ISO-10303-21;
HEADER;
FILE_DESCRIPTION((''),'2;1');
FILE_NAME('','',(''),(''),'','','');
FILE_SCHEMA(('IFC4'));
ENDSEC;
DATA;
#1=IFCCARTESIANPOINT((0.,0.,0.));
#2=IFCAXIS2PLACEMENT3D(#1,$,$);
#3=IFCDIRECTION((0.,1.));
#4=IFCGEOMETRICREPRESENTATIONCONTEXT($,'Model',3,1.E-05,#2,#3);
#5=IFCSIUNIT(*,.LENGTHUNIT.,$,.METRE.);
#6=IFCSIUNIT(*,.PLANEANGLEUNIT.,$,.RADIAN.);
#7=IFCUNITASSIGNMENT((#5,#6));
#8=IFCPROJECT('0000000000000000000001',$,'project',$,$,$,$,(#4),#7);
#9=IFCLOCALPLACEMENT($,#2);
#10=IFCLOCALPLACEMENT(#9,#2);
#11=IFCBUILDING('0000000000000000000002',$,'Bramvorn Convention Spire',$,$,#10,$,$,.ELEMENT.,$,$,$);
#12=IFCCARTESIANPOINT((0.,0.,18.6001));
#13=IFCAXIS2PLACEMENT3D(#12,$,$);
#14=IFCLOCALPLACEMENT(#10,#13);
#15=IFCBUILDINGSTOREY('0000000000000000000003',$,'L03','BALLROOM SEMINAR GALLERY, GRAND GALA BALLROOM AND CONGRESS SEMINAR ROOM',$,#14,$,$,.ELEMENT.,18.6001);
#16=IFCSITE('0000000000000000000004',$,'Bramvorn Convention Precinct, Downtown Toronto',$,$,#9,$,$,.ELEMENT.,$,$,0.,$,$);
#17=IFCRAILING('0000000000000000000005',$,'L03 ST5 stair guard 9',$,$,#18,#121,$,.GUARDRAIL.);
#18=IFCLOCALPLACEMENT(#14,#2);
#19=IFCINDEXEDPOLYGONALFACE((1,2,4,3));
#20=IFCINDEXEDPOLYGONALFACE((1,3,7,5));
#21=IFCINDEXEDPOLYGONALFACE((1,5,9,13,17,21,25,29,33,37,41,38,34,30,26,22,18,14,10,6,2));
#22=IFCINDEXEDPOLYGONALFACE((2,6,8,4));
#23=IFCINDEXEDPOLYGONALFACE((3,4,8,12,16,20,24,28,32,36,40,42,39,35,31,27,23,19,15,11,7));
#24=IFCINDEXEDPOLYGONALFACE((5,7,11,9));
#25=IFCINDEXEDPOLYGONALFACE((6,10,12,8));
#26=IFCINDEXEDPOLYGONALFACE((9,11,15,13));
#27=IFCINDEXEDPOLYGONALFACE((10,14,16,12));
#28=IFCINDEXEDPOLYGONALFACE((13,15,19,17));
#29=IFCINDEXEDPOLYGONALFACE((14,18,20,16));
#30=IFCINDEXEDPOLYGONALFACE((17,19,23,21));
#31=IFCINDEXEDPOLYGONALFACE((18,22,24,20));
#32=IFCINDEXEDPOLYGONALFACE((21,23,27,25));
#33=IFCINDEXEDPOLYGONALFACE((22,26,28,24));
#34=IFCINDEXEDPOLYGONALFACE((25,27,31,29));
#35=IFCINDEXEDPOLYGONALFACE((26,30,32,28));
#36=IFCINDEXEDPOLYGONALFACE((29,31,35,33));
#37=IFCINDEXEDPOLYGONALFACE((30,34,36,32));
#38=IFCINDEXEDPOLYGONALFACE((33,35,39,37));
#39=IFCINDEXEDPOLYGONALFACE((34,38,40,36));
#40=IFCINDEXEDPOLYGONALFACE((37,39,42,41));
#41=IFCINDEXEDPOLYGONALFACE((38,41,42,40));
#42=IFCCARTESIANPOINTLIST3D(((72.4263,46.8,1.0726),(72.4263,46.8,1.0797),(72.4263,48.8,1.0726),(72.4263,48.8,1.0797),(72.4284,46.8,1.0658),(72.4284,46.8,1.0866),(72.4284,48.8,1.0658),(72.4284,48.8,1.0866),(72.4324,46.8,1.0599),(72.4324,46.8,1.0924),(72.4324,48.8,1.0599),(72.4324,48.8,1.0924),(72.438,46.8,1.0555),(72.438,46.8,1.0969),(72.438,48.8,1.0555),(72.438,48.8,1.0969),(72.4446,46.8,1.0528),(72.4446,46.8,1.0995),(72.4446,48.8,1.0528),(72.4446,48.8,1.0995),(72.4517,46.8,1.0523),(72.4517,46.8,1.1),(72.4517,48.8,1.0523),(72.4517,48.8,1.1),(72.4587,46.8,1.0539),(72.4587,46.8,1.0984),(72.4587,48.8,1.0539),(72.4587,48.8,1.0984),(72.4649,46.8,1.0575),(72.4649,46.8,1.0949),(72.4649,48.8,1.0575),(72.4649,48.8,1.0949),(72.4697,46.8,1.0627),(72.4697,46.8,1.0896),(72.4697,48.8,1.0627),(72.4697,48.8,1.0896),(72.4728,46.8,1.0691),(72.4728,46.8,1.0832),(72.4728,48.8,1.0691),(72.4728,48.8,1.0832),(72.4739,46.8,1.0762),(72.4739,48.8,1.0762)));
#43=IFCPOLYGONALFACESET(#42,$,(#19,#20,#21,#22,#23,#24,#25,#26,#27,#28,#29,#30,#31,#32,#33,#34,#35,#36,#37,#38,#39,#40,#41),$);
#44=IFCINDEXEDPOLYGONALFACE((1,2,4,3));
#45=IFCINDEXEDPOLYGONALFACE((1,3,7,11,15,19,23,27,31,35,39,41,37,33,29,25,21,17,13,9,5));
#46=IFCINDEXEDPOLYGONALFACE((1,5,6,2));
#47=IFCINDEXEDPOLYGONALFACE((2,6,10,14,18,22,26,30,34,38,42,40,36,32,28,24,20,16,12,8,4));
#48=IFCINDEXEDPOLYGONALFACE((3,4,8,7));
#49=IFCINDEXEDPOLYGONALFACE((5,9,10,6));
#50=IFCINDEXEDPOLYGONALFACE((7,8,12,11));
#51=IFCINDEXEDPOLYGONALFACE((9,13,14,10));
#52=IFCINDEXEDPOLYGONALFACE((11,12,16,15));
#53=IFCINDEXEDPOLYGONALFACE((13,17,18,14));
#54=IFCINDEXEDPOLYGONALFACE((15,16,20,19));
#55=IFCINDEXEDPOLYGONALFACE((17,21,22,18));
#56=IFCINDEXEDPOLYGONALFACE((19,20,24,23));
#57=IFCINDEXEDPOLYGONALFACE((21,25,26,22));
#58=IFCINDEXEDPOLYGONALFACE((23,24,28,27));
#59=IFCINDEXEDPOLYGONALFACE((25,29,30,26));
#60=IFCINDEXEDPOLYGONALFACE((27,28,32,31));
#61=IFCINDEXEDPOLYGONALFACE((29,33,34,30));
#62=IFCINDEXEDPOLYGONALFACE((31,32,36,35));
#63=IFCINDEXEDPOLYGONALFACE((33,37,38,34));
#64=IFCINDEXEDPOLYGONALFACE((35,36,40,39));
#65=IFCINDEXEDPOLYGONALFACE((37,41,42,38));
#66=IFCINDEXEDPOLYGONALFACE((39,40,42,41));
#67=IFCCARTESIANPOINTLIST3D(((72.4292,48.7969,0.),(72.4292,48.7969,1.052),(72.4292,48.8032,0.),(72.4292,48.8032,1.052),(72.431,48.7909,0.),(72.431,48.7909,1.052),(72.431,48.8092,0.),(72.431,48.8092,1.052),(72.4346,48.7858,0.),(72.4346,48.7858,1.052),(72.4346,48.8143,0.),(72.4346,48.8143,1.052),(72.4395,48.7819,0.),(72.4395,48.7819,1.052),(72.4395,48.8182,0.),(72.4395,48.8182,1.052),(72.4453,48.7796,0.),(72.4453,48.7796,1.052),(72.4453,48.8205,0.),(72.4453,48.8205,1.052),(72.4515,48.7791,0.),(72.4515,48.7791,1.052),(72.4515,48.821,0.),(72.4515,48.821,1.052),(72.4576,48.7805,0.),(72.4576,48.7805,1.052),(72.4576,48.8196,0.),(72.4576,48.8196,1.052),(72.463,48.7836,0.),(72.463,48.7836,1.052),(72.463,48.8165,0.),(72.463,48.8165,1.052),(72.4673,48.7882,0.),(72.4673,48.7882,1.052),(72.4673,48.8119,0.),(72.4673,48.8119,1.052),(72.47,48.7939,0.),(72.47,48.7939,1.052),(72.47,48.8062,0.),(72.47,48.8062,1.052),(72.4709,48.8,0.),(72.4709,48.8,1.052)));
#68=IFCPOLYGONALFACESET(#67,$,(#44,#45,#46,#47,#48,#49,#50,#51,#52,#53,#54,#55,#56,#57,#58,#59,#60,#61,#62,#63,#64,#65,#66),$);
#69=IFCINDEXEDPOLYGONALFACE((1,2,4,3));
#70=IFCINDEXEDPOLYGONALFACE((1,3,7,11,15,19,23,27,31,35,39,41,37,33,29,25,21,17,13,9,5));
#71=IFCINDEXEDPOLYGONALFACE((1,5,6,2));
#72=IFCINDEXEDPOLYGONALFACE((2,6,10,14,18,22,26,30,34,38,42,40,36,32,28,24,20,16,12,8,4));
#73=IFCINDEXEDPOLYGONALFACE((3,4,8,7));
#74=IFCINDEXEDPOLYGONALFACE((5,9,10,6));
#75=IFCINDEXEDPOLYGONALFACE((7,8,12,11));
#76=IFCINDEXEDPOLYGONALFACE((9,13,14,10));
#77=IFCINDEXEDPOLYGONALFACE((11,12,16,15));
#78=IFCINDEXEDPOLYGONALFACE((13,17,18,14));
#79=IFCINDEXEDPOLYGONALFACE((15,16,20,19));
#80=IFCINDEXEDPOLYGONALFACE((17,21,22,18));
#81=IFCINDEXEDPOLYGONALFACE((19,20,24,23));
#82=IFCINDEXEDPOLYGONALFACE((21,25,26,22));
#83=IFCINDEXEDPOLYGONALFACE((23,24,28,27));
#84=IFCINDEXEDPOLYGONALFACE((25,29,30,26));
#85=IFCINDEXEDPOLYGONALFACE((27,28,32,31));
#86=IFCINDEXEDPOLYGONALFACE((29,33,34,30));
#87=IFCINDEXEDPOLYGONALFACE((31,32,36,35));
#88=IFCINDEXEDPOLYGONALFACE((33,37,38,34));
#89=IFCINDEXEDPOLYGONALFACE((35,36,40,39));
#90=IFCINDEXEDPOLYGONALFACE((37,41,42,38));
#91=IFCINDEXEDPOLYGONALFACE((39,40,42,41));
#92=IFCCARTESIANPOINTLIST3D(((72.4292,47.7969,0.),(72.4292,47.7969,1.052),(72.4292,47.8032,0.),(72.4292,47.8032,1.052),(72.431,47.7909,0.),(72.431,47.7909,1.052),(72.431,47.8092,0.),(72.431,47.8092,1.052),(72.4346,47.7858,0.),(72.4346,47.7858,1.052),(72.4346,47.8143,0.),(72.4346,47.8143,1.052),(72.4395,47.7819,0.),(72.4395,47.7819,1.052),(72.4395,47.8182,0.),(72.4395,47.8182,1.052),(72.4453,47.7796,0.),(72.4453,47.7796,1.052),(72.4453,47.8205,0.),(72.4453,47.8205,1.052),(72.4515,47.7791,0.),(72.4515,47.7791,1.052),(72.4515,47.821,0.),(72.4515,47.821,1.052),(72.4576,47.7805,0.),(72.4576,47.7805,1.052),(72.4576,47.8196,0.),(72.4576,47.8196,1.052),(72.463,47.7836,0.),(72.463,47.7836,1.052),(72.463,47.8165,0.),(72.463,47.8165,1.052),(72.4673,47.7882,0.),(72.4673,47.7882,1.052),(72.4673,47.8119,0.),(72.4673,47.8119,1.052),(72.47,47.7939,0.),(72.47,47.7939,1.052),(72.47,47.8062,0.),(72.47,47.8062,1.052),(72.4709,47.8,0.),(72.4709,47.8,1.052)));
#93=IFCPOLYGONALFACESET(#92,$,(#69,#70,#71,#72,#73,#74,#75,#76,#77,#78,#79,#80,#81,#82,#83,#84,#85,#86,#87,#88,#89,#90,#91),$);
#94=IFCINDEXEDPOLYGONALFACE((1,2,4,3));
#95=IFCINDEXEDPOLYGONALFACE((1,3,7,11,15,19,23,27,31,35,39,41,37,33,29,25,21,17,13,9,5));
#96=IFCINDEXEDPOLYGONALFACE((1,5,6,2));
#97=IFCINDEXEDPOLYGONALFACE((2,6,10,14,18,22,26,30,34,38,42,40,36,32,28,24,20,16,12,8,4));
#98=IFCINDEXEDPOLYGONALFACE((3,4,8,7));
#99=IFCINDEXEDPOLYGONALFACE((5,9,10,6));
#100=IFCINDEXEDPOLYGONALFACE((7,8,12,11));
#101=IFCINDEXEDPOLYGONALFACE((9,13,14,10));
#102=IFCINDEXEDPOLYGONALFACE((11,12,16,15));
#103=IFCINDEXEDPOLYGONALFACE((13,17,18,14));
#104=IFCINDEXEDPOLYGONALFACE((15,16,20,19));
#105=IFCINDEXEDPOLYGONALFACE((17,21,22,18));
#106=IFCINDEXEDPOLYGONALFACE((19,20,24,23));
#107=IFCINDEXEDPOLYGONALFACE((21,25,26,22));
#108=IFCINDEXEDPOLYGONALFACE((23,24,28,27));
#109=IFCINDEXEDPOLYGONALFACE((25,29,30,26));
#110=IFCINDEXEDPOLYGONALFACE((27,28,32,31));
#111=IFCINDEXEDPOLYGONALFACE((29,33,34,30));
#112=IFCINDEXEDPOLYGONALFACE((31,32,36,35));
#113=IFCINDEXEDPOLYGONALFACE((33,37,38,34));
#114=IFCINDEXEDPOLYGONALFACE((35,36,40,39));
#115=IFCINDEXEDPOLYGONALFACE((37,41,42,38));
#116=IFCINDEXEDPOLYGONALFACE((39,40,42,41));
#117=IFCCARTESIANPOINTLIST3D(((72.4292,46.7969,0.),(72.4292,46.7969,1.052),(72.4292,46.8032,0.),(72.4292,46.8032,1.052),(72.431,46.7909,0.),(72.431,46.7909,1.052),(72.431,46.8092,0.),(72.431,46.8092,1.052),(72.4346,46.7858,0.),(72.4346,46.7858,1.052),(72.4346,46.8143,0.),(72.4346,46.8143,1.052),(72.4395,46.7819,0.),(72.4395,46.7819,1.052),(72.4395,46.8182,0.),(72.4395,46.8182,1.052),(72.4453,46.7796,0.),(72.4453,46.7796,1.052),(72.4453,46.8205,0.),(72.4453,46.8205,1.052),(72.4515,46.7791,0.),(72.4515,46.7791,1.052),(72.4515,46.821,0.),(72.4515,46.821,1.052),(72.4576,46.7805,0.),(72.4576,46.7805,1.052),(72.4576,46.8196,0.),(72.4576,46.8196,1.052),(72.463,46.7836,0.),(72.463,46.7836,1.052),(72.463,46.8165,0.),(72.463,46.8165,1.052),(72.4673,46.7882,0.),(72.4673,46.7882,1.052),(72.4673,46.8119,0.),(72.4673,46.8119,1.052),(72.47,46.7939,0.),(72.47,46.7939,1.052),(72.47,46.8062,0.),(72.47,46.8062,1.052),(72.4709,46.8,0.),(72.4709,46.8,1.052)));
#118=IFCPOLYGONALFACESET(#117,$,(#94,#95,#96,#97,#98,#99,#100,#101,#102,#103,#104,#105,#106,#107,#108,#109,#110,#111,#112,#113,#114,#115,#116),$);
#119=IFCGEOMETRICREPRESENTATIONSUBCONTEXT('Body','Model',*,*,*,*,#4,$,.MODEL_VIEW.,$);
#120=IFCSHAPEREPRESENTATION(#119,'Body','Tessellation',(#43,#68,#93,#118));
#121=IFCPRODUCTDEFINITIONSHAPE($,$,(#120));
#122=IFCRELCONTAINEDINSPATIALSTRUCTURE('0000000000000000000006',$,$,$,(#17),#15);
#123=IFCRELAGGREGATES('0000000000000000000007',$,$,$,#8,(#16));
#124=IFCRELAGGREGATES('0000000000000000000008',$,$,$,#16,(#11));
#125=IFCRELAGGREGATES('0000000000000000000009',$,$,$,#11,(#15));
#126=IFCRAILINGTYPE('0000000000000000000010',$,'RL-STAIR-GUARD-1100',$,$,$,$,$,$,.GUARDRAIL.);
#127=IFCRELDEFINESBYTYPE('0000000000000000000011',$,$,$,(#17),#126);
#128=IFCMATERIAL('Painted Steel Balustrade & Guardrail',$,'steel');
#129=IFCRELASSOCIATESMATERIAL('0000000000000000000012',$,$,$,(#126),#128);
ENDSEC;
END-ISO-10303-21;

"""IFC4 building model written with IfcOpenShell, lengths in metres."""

from ifc_helpers import new_model, si_unit, direction, frame, origin, origin_2d, place, context, subcontext, project, spatial, circle, extrude, material, type_object, element, save


model = new_model("IFC4")

# Units and contexts
model_context = context("Model", 3, precision=1e-05, world=origin(), true_north=direction((0.0, 1.0)))
body_context = subcontext(model_context, "Body", "Model", "MODEL_VIEW")
ifc_project = project(units=[si_unit("LENGTHUNIT", "METRE"), si_unit("PLANEANGLEUNIT", "RADIAN")], contexts=[model_context])

# Site, building, storey
site_placement = place(None, origin())
site = spatial("IfcSite", under=ifc_project, at=site_placement, Name="Bramvorn Convention Precinct, Downtown Toronto", CompositionType="ELEMENT", RefElevation=0.0)
building_placement = place(site_placement, origin())
building = spatial("IfcBuilding", under=site, at=building_placement, Name="Bramvorn Convention Spire", CompositionType="ELEMENT")
storey_placement = place(building_placement, frame((0.0, 0.0, 18.6001)))
storey = spatial("IfcBuildingStorey", under=building, at=storey_placement, Name="L03", Description="BALLROOM SEMINAR GALLERY, GRAND GALA BALLROOM AND CONGRESS SEMINAR ROOM", CompositionType="ELEMENT", Elevation=18.6001)

# Railing
ifc_material_1 = material(Name="Painted Steel Balustrade & Guardrail", Category="steel")
railing_type_1 = type_object("IfcRailingType", Name="RL-STAIR-GUARD-1100", PredefinedType="GUARDRAIL", material=ifc_material_1)
for number, where, name in (
    (1, (72.45, 48.8, 0.0), "L03 ST5 stair guard 9"),
):
    element("IfcRailing", number, at=place(storey_placement, frame(where)), inside=storey, type_object=railing_type_1, Name=name, PredefinedType="GUARDRAIL", context=body_context, shape_type="SweptSolid", body=[
        extrude(circle(Radius=0.0239, at=origin_2d()), frame((0.0, 0.0, 1.0762), z_axis=(0.0, -1.0, 0.0), x_axis=(1.0, 0.0, 0.0)), (0.0, 0.0, 1.0), 2.0),
        extrude(circle(Radius=0.021, at=origin_2d()), origin(), (0.0, 0.0, 1.0), 1.052),
        extrude(circle(Radius=0.021, at=origin_2d()), frame((0.0, -1.0, 0.0)), (0.0, 0.0, 1.0), 1.052),
        extrude(circle(Radius=0.021, at=origin_2d()), frame((0.0, -2.0, 0.0)), (0.0, 0.0, 1.0), 1.052),
    ])

save(model, "model.ifc")
